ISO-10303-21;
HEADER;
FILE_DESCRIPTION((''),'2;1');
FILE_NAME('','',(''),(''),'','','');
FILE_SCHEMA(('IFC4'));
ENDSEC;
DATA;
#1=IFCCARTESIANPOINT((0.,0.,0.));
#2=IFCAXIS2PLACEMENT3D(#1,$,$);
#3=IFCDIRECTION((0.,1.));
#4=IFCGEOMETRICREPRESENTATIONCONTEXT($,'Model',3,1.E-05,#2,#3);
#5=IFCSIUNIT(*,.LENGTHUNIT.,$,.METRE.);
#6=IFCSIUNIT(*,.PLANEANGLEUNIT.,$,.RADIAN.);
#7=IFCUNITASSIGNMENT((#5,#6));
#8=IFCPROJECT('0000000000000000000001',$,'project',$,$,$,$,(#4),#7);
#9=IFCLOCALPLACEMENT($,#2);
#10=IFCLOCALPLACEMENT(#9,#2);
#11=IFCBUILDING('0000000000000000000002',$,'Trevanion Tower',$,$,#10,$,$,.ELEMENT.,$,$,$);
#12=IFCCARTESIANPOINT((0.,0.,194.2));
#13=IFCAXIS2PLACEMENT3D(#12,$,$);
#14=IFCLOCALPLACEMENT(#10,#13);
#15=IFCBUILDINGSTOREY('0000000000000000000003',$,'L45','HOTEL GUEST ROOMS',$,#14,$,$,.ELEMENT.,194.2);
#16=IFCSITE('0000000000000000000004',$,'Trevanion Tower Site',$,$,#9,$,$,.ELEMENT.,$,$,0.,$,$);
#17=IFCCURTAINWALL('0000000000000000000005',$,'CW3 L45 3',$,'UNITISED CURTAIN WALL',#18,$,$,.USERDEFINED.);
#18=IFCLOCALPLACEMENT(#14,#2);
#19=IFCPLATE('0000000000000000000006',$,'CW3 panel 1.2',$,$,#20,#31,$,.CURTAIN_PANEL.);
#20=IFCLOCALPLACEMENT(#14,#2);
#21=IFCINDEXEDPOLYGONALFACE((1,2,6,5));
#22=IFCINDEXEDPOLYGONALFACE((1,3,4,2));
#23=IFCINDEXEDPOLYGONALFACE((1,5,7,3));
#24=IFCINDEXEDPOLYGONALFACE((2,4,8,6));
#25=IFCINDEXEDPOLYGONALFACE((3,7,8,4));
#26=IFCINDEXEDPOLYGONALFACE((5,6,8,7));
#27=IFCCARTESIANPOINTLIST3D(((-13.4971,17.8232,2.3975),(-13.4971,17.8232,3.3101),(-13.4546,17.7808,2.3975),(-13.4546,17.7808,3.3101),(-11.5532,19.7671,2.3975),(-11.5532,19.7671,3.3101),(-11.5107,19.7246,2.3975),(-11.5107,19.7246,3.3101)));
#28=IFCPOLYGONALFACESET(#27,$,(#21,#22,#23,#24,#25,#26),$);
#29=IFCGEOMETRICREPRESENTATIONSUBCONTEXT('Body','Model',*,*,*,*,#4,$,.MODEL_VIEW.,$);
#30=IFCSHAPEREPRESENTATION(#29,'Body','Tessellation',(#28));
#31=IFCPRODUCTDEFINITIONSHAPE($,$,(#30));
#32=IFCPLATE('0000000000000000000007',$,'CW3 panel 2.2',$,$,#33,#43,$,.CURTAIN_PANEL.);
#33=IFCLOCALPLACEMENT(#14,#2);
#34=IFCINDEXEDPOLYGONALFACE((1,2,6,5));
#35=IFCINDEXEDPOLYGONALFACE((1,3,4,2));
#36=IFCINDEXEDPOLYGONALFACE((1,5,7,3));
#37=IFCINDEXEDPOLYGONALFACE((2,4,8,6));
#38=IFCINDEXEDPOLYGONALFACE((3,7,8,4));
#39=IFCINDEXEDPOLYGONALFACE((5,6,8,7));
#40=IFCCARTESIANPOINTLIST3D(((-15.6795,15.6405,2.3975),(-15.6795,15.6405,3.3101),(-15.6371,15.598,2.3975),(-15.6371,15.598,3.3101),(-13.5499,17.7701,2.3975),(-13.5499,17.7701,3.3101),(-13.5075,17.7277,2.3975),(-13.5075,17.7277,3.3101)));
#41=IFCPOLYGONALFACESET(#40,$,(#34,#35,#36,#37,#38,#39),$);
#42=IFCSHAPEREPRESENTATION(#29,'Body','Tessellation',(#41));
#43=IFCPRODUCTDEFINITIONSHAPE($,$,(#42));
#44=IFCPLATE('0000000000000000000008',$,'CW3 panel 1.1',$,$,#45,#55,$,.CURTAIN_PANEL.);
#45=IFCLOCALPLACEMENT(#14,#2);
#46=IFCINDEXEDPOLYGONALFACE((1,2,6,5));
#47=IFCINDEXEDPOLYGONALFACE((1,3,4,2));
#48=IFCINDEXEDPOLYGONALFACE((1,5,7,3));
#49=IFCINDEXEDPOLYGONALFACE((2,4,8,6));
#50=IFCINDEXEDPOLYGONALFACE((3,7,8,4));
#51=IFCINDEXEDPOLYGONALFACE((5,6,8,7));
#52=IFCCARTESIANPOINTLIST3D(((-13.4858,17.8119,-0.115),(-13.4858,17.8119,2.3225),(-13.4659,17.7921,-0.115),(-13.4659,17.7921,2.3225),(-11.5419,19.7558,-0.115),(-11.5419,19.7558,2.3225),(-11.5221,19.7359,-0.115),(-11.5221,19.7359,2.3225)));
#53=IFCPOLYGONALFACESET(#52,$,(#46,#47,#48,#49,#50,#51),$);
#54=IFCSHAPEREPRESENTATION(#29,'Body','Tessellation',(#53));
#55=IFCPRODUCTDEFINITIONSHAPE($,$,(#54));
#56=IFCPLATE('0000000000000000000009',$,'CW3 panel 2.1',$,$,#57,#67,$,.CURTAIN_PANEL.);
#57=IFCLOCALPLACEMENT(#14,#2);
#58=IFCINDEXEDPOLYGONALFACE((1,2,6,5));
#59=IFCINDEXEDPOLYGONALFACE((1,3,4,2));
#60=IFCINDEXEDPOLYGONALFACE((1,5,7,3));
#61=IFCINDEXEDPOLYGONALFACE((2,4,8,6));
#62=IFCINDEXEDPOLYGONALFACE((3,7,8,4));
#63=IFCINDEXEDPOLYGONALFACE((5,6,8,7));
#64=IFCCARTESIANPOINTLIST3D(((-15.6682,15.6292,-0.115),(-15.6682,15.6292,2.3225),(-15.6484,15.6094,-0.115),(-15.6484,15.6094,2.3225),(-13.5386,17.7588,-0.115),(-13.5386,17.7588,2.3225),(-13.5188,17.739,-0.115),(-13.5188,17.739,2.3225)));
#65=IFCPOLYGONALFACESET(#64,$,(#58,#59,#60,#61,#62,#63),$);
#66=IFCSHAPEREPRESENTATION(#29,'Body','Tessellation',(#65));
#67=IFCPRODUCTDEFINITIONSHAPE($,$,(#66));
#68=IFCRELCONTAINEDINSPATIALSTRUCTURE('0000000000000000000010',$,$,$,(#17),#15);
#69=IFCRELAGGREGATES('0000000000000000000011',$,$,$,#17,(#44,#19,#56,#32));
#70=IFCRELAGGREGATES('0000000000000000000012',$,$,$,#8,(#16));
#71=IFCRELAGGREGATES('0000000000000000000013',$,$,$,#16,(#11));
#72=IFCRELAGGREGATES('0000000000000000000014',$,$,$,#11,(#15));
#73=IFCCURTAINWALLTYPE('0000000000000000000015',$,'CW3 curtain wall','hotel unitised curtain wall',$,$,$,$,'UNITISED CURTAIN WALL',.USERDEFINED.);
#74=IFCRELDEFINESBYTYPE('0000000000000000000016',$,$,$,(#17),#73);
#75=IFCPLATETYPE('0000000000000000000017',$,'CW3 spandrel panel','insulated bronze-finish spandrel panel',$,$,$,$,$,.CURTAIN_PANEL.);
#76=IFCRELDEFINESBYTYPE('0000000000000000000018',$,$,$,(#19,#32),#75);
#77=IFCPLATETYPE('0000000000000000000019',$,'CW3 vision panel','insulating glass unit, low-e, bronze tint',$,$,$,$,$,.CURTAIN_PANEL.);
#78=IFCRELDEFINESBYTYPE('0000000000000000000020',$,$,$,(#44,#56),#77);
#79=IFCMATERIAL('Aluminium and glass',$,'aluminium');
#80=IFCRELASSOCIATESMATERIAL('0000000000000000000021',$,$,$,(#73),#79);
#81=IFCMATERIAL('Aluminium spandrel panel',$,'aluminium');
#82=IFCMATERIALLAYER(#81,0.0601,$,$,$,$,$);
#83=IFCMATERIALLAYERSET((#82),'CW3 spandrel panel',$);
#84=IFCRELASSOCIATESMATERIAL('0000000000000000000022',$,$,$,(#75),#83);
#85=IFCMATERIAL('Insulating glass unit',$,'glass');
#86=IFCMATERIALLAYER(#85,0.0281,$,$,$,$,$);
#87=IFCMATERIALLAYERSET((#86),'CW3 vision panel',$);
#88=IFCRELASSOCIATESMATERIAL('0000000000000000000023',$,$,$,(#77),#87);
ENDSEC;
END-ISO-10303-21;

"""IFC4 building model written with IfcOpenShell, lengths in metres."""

from ifc_helpers import new_model, si_unit, direction, frame, origin, origin_2d, place, context, subcontext, project, spatial, rectangle, extrude, material, layer, layer_set, type_object, element, aggregate, save


model = new_model("IFC4")

# Units and contexts
model_context = context("Model", 3, precision=1e-05, world=origin(), true_north=direction((0.0, 1.0)))
body_context = subcontext(model_context, "Body", "Model", "MODEL_VIEW")
ifc_project = project(units=[si_unit("LENGTHUNIT", "METRE"), si_unit("PLANEANGLEUNIT", "RADIAN")], contexts=[model_context])

# Site, building, storey
site_placement = place(None, origin())
site = spatial("IfcSite", under=ifc_project, at=site_placement, Name="Trevanion Tower Site", CompositionType="ELEMENT", RefElevation=0.0)
building_placement = place(site_placement, origin())
building = spatial("IfcBuilding", under=site, at=building_placement, Name="Trevanion Tower", CompositionType="ELEMENT")
storey_placement = place(building_placement, frame((0.0, 0.0, 194.2)))
storey = spatial("IfcBuildingStorey", under=building, at=storey_placement, Name="L45", Description="HOTEL GUEST ROOMS", CompositionType="ELEMENT", Elevation=194.2)

# Curtain wall
ifc_material_1 = material(Name="Aluminium and glass", Category="aluminium")
curtain_wall_type = type_object("IfcCurtainWallType", Name="CW3 curtain wall", Description="hotel unitised curtain wall", ElementType="UNITISED CURTAIN WALL", PredefinedType="USERDEFINED", material=ifc_material_1)
curtain_wall_1_placement = place(storey_placement, origin())
curtain_wall_1 = element("IfcCurtainWall", 1, at=curtain_wall_1_placement, inside=storey, type_object=curtain_wall_type, Name="CW3 L45 3", ObjectType="UNITISED CURTAIN WALL", PredefinedType="USERDEFINED")

# Plates
ifc_material_2 = material(Name="Aluminium spandrel panel", Category="aluminium")
ifc_layer_1 = layer(ifc_material_2, 0.0601)
ifc_layer_set_1 = layer_set([ifc_layer_1], Name="CW3 spandrel panel")
plate_type_1 = type_object("IfcPlateType", Name="CW3 spandrel panel", Description="insulated bronze-finish spandrel panel", PredefinedType="CURTAIN_PANEL", material=ifc_layer_set_1)
plate_1_placement = place(storey_placement, frame((-12.5039, 18.7739, 2.3975), z_axis=(0.0, 0.0, 1.0), x_axis=(-0.707107, -0.707107, 0.0)))
plate_1 = element("IfcPlate", 2, at=plate_1_placement, type_object=plate_type_1, Name="CW3 panel 1.2", PredefinedType="CURTAIN_PANEL", context=body_context, shape_type="SweptSolid", body=[
    extrude(rectangle(XDim=2.749, YDim=0.0601, at=origin_2d()), origin(), (0.0, 0.0, 1.0), 0.9126),
])
plate_2_placement = place(storey_placement, frame((-14.5935, 16.6841, 2.3975), z_axis=(0.0, 0.0, 1.0), x_axis=(-0.707107, -0.707107, 0.0)))
plate_2 = element("IfcPlate", 3, at=plate_2_placement, type_object=plate_type_1, Name="CW3 panel 2.2", PredefinedType="CURTAIN_PANEL", context=body_context, shape_type="SweptSolid", body=[
    extrude(rectangle(XDim=3.0117, YDim=0.0601, at=origin_2d()), origin(), (0.0, 0.0, 1.0), 0.9126),
])
ifc_material_3 = material(Name="Insulating glass unit", Category="glass")
ifc_layer_2 = layer(ifc_material_3, 0.0281)
ifc_layer_set_2 = layer_set([ifc_layer_2], Name="CW3 vision panel")
plate_type_2 = type_object("IfcPlateType", Name="CW3 vision panel", Description="insulating glass unit, low-e, bronze tint", PredefinedType="CURTAIN_PANEL", material=ifc_layer_set_2)
plate_3_placement = place(storey_placement, frame((-12.5039, 18.7739, -0.115), z_axis=(0.0, 0.0, 1.0), x_axis=(-0.707107, -0.707107, 0.0)))
plate_3 = element("IfcPlate", 4, at=plate_3_placement, type_object=plate_type_2, Name="CW3 panel 1.1", PredefinedType="CURTAIN_PANEL", context=body_context, shape_type="SweptSolid", body=[
    extrude(rectangle(XDim=2.749, YDim=0.0281, at=origin_2d()), origin(), (0.0, 0.0, 1.0), 2.4375),
])
plate_4_placement = place(storey_placement, frame((-14.5935, 16.6841, -0.115), z_axis=(0.0, 0.0, 1.0), x_axis=(-0.707107, -0.707107, 0.0)))
plate_4 = element("IfcPlate", 5, at=plate_4_placement, type_object=plate_type_2, Name="CW3 panel 2.1", PredefinedType="CURTAIN_PANEL", context=body_context, shape_type="SweptSolid", body=[
    extrude(rectangle(XDim=3.0117, YDim=0.0281, at=origin_2d()), origin(), (0.0, 0.0, 1.0), 2.4375),
])
aggregate(curtain_wall_1, [plate_3, plate_1, plate_4, plate_2])

save(model, "model.ifc")
